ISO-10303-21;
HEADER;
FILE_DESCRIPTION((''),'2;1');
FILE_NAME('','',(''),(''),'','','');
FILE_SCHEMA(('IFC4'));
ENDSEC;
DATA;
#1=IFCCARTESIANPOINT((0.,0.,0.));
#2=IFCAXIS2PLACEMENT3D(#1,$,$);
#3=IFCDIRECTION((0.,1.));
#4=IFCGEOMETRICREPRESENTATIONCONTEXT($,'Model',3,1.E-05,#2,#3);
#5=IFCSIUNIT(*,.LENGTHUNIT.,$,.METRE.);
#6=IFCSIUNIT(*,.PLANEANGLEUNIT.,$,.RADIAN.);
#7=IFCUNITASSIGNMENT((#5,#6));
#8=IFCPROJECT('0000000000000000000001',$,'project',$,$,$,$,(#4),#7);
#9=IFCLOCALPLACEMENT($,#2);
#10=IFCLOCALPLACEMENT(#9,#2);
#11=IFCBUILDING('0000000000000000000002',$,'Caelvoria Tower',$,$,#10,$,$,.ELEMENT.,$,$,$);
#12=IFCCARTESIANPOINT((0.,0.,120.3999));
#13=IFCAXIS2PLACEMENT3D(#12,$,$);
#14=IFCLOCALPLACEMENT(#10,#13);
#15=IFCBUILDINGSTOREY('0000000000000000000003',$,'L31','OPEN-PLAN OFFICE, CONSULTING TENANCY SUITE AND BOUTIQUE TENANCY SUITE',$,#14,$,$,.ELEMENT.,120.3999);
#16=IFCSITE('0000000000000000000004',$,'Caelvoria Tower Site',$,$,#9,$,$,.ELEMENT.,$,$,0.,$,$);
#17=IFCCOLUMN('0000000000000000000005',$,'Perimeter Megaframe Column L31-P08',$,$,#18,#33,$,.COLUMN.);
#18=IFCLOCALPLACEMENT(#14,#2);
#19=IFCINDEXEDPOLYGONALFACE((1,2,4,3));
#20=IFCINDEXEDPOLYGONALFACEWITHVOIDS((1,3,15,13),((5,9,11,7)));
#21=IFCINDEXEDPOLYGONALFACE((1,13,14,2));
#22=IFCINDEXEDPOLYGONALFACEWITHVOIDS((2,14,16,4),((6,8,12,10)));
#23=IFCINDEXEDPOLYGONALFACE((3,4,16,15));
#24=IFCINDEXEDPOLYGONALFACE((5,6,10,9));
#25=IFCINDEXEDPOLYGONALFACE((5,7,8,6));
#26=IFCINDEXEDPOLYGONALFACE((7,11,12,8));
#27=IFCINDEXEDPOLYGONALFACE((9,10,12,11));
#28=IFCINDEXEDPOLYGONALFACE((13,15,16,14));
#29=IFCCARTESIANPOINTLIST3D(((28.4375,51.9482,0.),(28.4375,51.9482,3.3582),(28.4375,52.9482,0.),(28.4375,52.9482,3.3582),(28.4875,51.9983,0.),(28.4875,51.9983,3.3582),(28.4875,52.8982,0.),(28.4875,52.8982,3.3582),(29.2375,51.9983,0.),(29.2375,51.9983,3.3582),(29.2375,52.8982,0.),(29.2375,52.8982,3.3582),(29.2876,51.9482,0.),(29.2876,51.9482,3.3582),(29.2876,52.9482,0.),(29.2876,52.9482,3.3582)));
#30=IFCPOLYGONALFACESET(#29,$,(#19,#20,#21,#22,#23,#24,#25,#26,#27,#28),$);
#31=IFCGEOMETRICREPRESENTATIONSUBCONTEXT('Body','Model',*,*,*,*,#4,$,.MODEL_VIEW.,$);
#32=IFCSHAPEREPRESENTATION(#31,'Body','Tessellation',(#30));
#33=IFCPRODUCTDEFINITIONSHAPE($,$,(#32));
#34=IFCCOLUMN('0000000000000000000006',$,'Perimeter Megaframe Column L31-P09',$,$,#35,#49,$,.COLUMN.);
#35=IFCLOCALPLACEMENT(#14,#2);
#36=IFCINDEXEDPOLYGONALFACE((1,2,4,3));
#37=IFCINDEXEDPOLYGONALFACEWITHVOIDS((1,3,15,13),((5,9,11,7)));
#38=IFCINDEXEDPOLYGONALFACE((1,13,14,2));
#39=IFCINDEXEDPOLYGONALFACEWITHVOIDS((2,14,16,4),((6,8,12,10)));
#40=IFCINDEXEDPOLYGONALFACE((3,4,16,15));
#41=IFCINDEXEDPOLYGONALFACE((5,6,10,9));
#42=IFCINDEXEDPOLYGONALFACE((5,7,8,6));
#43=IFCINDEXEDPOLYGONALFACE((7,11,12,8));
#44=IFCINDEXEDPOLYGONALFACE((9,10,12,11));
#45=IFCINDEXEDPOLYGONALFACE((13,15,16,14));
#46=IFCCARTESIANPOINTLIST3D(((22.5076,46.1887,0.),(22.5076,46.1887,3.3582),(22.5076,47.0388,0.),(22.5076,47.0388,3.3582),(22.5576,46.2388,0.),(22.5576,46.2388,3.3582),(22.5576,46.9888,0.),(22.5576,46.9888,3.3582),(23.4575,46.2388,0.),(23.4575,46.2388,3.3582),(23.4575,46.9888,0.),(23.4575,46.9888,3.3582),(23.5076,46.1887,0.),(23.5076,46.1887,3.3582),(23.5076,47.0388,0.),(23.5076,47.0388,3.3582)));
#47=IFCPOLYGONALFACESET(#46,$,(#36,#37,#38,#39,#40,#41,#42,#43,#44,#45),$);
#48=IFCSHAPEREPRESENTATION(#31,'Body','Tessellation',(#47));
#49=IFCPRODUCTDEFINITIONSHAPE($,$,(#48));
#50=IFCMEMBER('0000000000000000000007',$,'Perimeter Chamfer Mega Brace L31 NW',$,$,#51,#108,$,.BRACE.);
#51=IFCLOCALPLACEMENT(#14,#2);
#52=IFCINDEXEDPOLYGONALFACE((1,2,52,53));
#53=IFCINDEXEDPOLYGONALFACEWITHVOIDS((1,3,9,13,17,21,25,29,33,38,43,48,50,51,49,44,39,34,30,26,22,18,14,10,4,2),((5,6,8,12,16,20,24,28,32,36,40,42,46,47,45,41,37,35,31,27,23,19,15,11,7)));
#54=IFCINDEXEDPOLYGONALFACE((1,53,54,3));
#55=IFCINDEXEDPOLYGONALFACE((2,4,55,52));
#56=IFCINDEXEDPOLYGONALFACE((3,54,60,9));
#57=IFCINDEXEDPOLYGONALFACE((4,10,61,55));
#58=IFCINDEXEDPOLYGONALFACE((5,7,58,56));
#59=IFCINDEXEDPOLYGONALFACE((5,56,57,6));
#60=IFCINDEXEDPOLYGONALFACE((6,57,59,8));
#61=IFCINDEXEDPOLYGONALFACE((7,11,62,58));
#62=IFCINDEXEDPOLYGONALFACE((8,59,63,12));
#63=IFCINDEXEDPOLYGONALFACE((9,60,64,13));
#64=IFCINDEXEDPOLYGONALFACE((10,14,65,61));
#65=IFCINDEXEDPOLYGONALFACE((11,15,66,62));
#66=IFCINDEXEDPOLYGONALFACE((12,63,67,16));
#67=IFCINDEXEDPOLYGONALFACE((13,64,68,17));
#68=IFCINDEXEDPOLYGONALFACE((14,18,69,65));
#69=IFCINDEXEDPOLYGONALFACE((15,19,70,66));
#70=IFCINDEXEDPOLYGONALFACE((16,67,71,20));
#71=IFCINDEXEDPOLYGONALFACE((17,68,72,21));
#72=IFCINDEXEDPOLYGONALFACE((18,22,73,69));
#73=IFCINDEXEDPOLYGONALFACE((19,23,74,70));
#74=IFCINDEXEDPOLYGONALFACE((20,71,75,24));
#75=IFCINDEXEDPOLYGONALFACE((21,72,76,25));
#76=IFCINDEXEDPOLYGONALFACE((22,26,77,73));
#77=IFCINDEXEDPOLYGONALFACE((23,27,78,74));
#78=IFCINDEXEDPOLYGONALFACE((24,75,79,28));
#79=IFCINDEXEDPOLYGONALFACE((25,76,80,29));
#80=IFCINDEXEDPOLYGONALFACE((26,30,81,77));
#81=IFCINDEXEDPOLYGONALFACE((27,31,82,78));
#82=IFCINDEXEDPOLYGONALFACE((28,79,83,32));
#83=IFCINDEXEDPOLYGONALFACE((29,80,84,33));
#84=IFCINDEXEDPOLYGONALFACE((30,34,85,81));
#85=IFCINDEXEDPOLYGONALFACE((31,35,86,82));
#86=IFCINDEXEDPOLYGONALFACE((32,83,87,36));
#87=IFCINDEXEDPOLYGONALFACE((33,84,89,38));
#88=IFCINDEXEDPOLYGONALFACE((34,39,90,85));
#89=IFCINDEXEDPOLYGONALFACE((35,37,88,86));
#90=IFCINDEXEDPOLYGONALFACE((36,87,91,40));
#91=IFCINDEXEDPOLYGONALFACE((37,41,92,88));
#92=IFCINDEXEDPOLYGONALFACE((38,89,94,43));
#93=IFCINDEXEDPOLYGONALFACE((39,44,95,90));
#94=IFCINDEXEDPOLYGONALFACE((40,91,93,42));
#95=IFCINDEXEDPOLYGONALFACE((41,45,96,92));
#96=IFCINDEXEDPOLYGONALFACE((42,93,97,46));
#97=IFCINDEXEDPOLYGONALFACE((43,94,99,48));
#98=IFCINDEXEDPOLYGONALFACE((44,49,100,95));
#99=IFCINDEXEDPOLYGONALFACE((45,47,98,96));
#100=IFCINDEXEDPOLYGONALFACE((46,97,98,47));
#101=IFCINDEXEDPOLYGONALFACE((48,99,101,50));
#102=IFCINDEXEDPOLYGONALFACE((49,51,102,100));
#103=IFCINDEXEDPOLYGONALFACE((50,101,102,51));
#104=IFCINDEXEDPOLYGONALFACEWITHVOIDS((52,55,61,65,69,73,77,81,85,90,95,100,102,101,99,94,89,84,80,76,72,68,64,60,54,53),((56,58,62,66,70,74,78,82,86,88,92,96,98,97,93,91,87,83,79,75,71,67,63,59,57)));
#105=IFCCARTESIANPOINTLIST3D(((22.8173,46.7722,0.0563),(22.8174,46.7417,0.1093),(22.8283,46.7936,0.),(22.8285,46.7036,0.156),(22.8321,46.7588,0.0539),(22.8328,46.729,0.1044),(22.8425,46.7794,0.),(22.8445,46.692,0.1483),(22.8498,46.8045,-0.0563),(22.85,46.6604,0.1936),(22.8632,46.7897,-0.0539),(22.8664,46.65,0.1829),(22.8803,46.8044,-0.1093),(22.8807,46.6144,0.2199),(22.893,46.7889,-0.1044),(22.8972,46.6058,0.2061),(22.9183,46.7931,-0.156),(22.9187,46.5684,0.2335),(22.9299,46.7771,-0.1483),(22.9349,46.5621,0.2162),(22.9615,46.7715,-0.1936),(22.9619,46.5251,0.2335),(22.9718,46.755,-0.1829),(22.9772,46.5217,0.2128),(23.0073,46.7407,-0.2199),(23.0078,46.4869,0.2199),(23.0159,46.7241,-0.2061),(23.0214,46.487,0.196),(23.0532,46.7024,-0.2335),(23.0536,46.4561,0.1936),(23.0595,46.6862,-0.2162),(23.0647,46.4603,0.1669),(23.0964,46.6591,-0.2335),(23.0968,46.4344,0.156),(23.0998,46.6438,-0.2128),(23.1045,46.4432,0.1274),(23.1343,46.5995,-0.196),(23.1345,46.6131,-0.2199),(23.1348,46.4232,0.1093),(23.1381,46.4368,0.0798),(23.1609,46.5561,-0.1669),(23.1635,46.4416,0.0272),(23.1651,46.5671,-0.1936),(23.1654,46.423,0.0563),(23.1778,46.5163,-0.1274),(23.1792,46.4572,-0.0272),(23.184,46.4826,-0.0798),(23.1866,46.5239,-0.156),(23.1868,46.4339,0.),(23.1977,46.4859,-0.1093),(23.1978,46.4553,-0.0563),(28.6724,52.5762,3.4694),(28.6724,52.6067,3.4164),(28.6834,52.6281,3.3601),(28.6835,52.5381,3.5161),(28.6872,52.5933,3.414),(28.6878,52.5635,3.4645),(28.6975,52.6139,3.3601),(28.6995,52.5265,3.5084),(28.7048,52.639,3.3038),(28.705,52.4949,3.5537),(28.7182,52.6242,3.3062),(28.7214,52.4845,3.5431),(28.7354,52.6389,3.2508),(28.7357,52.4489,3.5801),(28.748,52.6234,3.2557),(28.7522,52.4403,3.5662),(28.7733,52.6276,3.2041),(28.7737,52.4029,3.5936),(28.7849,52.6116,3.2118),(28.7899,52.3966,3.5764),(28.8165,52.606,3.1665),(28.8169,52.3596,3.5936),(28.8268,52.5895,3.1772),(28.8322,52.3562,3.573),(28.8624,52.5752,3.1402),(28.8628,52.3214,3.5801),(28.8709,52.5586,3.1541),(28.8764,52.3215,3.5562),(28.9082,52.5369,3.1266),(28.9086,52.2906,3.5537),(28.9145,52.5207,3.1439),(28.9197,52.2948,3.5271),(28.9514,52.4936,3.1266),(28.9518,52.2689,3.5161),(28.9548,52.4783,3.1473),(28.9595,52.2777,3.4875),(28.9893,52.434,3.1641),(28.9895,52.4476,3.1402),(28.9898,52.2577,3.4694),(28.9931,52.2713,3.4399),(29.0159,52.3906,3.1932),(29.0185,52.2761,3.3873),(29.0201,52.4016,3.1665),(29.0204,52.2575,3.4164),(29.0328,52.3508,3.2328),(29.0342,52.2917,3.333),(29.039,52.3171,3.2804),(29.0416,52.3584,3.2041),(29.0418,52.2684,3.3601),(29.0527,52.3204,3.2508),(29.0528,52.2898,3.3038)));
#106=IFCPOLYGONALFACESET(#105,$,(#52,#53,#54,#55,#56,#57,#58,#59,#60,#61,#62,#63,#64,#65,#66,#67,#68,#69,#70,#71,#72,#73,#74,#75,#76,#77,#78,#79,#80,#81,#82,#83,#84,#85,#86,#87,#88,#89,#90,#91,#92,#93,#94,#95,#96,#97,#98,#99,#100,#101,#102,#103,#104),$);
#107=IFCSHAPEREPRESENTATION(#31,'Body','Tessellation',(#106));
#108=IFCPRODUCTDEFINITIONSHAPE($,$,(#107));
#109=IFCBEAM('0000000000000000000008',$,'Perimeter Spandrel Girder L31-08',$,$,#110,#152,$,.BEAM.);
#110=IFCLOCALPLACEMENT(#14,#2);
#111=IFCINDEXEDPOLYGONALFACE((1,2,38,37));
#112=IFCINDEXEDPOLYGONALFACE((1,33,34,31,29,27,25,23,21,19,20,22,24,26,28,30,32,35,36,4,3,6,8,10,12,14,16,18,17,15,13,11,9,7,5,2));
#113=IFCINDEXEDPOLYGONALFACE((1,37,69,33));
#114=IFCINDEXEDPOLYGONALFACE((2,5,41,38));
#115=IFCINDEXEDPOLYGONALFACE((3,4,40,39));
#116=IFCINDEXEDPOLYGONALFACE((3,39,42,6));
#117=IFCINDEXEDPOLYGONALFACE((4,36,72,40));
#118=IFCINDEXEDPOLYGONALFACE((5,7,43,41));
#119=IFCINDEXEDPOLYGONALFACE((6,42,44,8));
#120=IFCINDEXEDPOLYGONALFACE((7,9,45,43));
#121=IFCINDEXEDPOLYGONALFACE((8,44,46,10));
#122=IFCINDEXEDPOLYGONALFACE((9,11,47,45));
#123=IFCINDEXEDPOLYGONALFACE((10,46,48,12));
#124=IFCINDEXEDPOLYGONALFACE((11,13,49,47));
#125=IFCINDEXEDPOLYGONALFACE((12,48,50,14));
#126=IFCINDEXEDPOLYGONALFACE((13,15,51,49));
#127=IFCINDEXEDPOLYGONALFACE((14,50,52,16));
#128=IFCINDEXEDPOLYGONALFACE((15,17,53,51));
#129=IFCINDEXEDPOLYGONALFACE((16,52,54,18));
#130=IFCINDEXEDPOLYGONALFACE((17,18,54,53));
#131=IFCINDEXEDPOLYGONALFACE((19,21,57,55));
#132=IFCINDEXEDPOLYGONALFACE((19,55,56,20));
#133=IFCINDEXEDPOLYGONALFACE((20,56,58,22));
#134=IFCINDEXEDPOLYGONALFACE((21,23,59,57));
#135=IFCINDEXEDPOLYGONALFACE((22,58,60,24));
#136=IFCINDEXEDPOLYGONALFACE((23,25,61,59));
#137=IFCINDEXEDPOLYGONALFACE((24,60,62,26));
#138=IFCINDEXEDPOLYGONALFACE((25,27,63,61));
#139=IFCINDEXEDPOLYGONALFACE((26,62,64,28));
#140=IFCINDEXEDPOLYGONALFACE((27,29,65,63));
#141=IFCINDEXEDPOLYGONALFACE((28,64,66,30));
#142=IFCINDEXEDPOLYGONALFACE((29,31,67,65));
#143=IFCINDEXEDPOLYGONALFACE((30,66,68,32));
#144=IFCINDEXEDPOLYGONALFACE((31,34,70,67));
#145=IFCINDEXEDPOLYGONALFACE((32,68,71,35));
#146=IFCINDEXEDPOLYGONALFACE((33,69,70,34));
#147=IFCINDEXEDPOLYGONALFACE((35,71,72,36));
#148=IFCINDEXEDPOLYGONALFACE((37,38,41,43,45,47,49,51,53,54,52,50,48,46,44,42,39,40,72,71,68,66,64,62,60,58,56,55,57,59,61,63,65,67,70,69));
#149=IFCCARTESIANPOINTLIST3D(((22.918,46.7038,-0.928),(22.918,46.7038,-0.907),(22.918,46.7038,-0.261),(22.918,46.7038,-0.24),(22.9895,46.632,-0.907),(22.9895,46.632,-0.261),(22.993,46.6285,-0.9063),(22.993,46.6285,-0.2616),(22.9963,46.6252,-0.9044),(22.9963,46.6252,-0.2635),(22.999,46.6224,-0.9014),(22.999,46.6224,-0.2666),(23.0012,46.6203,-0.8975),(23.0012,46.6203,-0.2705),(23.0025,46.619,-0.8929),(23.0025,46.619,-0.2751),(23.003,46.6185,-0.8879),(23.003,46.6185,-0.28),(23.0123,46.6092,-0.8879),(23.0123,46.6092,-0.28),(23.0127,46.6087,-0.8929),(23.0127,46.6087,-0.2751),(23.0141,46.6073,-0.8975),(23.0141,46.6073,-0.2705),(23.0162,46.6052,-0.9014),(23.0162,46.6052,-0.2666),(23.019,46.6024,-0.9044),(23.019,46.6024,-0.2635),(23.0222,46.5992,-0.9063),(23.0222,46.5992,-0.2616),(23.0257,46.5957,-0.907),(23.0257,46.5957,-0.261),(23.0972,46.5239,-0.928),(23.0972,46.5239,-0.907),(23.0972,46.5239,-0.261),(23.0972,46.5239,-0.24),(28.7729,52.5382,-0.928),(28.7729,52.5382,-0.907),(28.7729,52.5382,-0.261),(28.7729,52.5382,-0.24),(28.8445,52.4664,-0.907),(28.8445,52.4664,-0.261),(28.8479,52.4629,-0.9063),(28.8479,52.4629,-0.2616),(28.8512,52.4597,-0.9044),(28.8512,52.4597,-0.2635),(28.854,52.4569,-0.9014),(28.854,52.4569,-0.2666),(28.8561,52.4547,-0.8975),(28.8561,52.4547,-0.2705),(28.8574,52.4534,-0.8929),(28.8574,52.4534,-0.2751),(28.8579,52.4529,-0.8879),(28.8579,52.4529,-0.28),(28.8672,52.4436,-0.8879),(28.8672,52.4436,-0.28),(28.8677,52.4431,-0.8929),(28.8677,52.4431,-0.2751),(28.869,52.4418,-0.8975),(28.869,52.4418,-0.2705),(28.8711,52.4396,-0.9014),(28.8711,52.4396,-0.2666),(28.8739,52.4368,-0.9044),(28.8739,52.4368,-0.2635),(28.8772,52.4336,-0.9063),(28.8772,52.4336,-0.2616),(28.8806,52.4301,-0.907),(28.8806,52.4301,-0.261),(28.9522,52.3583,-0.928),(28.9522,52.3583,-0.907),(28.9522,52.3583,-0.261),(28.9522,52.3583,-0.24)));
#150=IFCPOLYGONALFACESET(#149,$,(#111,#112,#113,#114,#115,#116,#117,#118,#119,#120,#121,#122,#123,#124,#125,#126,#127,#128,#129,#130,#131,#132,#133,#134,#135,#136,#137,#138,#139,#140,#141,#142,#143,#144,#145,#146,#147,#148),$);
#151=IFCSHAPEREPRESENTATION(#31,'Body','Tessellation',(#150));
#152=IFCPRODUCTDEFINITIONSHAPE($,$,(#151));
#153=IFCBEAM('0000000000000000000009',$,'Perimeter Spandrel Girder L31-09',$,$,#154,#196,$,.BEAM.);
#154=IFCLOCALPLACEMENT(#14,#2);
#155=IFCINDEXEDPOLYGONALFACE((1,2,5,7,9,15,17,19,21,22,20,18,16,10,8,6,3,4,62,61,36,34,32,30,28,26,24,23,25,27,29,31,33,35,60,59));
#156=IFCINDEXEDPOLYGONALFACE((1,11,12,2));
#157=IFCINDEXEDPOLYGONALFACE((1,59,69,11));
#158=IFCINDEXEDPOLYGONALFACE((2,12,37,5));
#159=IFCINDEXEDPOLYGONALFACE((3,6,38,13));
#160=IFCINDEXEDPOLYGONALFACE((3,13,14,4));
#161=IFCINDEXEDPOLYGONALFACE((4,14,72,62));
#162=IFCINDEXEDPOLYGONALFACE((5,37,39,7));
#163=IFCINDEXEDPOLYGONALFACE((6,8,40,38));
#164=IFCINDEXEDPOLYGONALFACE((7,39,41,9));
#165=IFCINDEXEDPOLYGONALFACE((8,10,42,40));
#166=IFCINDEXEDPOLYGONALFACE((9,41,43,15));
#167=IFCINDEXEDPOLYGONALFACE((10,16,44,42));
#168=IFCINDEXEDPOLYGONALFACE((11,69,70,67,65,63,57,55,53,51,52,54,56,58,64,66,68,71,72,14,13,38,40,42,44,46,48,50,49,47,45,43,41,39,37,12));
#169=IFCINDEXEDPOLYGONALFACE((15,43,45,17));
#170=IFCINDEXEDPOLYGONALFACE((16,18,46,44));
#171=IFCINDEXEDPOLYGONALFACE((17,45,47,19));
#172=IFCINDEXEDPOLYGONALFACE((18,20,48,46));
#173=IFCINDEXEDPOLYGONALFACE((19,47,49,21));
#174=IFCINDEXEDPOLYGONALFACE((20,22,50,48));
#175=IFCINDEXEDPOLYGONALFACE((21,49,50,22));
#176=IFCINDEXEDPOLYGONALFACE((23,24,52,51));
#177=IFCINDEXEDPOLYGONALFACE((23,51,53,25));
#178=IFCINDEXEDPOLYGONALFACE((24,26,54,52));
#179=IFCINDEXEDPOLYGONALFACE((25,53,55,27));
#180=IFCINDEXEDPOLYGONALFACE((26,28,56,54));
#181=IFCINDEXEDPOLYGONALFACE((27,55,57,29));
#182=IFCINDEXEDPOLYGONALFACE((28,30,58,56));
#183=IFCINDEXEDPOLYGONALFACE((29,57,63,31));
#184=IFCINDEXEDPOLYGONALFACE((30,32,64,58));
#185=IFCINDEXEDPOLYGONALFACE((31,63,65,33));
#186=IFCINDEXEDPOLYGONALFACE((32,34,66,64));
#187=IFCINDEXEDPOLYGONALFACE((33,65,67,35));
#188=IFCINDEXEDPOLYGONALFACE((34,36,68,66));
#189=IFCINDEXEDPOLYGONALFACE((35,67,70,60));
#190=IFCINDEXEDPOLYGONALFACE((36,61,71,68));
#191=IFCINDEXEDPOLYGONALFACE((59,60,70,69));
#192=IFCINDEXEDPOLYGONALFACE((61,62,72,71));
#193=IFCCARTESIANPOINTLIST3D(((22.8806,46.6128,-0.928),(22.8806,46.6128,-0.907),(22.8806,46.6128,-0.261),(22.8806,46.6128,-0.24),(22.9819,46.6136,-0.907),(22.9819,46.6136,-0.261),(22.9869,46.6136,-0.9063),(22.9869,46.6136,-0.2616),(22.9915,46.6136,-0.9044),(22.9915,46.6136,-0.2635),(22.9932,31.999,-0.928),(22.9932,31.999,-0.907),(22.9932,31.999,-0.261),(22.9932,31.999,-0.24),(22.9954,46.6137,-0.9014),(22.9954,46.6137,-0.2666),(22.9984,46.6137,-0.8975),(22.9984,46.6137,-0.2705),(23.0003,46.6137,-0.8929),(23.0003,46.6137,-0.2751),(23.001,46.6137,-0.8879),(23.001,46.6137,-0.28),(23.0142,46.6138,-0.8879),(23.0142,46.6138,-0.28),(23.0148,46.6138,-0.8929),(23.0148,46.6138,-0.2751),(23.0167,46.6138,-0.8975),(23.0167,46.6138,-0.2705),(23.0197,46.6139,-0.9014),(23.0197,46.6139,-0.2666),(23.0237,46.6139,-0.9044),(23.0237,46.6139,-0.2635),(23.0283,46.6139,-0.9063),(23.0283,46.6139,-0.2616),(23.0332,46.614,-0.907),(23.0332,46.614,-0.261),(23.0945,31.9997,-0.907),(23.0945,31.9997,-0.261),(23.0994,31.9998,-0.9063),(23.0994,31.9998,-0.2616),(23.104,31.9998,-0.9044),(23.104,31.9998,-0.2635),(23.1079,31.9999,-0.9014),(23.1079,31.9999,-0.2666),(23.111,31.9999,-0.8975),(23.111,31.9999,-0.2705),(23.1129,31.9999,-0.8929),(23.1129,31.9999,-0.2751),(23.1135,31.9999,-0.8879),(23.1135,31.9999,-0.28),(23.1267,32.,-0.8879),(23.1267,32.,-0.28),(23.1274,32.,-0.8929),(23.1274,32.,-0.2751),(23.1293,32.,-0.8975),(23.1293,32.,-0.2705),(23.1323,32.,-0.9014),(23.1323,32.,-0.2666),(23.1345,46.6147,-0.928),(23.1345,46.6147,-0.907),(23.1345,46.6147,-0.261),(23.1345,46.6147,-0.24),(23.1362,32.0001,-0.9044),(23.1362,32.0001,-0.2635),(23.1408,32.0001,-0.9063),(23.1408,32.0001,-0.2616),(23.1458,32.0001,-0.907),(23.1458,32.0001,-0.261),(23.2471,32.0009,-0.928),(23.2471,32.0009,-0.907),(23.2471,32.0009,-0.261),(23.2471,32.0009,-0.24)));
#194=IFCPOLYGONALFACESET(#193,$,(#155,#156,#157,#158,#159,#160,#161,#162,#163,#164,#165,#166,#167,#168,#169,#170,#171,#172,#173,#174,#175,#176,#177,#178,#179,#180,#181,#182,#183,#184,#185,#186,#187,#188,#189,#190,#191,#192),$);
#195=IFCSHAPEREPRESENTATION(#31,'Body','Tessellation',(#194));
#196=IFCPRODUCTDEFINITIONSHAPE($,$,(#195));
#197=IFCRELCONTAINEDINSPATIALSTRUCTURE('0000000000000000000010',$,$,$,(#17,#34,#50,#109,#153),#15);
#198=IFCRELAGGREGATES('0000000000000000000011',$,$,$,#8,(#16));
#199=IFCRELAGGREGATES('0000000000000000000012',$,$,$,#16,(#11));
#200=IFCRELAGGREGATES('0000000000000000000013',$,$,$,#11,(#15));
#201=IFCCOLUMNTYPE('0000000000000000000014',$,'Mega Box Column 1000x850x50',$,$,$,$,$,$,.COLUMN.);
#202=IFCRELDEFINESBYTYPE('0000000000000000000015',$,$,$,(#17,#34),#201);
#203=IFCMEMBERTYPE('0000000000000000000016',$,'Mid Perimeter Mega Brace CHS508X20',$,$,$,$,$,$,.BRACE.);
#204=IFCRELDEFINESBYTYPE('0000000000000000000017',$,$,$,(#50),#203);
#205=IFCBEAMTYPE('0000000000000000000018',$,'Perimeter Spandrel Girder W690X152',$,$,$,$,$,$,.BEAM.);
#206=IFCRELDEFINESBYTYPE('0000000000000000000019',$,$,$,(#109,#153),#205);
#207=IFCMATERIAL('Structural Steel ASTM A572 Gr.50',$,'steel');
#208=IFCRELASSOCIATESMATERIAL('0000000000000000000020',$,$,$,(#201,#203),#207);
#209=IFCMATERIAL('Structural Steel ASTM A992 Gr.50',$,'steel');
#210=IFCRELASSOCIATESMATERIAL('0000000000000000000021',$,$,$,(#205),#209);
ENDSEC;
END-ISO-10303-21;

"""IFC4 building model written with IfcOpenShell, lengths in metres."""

from ifc_helpers import new_model, si_unit, direction, frame, origin, origin_2d, place, context, subcontext, project, spatial, hollow_rectangle, hollow_circle, i_section, extrude, material, material_profile, profile_set, type_object, element, save


model = new_model("IFC4")

# Units and contexts
model_context = context("Model", 3, precision=1e-05, world=origin(), true_north=direction((0.0, 1.0)))
body_context = subcontext(model_context, "Body", "Model", "MODEL_VIEW")
ifc_project = project(units=[si_unit("LENGTHUNIT", "METRE"), si_unit("PLANEANGLEUNIT", "RADIAN")], contexts=[model_context])

# Site, building, storey
site_placement = place(None, origin())
site = spatial("IfcSite", under=ifc_project, at=site_placement, Name="Caelvoria Tower Site", CompositionType="ELEMENT", RefElevation=0.0)
building_placement = place(site_placement, origin())
building = spatial("IfcBuilding", under=site, at=building_placement, Name="Caelvoria Tower", CompositionType="ELEMENT")
storey_placement = place(building_placement, frame((0.0, 0.0, 120.3999)))
storey = spatial("IfcBuildingStorey", under=building, at=storey_placement, Name="L31", Description="OPEN-PLAN OFFICE, CONSULTING TENANCY SUITE AND BOUTIQUE TENANCY SUITE", CompositionType="ELEMENT", Elevation=120.3999)

# Columns
ifc_material_1 = material(Name="Structural Steel ASTM A572 Gr.50", Category="steel")
ifc_material_profile_1 = material_profile(ifc_material_1, hollow_rectangle(XDim=0.8501, YDim=1.0, WallThickness=0.05, at=origin_2d()), Name="Structural Steel ASTM A572 Gr.50")
ifc_profile_set_1 = profile_set([ifc_material_profile_1], Name="BOX1000X850X50 - Structural Steel ASTM A572 Gr.50")
column_type = type_object("IfcColumnType", Name="Mega Box Column 1000x850x50", PredefinedType="COLUMN", material=ifc_profile_set_1)
for number, where, z_axis, x_axis, name in (
    (1, (28.8625, 52.4482, 0.0), (0.0, 0.0, 1.0), (1.0, 0.0, 0.0), "Perimeter Megaframe Column L31-P08"),
    (2, (23.0076, 46.6138, 0.0), (0.0, 0.0, 1.0), (0.0, 1.0, 0.0), "Perimeter Megaframe Column L31-P09"),
):
    element("IfcColumn", number, at=place(storey_placement, frame(where, z_axis=z_axis, x_axis=x_axis)), inside=storey, type_object=column_type, Name=name, PredefinedType="COLUMN", context=body_context, shape_type="SweptSolid", body=[
        extrude(hollow_rectangle(XDim=0.8501, YDim=1.0, WallThickness=0.05, at=origin_2d()), origin(), (0.0, 0.0, 1.0), 3.3582),
    ])

# Member
ifc_material_profile_2 = material_profile(ifc_material_1, hollow_circle(Radius=0.2539, WallThickness=0.02, at=origin_2d()), Name="Structural Steel ASTM A572 Gr.50")
ifc_profile_set_2 = profile_set([ifc_material_profile_2], Name="CHS508X20 - Structural Steel ASTM A572 Gr.50")
member_type = type_object("IfcMemberType", Name="Mid Perimeter Mega Brace CHS508X20", PredefinedType="BRACE", material=ifc_profile_set_2)
member_placement = place(storey_placement, frame((23.0076, 46.6138, 0.0), z_axis=(0.656199, 0.653901, 0.376585), x_axis=(-0.705865, 0.708346, 0.0)))
element("IfcMember", 3, at=member_placement, inside=storey, type_object=member_type, Name="Perimeter Chamfer Mega Brace L31 NW", PredefinedType="BRACE", context=body_context, shape_type="SweptSolid", body=[
    extrude(hollow_circle(Radius=0.2539, WallThickness=0.02, at=origin_2d()), origin(), (0.0, 0.0, 1.0), 8.9226),
])

# Beams
ifc_material_2 = material(Name="Structural Steel ASTM A992 Gr.50", Category="steel")
ifc_material_profile_3 = material_profile(ifc_material_2, i_section(OverallWidth=0.2539, OverallDepth=0.688, WebThickness=0.0132, FlangeThickness=0.021, FilletRadius=0.019, at=origin_2d()), Name="Structural Steel ASTM A992 Gr.50")
ifc_profile_set_3 = profile_set([ifc_material_profile_3], Name="W690X152 - Structural Steel ASTM A992 Gr.50")
beam_type_1 = type_object("IfcBeamType", Name="Perimeter Spandrel Girder W690X152", PredefinedType="BEAM", material=ifc_profile_set_3)
beam_1_placement = place(storey_placement, frame((28.8625, 52.4482, -0.584), z_axis=(-0.708346, -0.705865, 0.0), x_axis=(0.705865, -0.708346, 0.0)))
element("IfcBeam", 4, at=beam_1_placement, inside=storey, type_object=beam_type_1, Name="Perimeter Spandrel Girder L31-08", PredefinedType="BEAM", context=body_context, shape_type="SweptSolid", body=[
    extrude(i_section(OverallWidth=0.2539, OverallDepth=0.688, WebThickness=0.0132, FlangeThickness=0.021, FilletRadius=0.019, at=origin_2d()), origin(), (0.0, 0.0, 1.0), 8.2656),
])
beam_2_placement = place(storey_placement, frame((23.0076, 46.6138, -0.584), z_axis=(0.007701, -0.99997, 0.0), x_axis=(0.99997, 0.007701, 0.0)))
element("IfcBeam", 5, at=beam_2_placement, inside=storey, type_object=beam_type_1, Name="Perimeter Spandrel Girder L31-09", PredefinedType="BEAM", context=body_context, shape_type="SweptSolid", body=[
    extrude(i_section(OverallWidth=0.2539, OverallDepth=0.688, WebThickness=0.0132, FlangeThickness=0.021, FilletRadius=0.019, at=origin_2d()), origin(), (0.0, 0.0, 1.0), 14.6143),
])

save(model, "model.ifc")
